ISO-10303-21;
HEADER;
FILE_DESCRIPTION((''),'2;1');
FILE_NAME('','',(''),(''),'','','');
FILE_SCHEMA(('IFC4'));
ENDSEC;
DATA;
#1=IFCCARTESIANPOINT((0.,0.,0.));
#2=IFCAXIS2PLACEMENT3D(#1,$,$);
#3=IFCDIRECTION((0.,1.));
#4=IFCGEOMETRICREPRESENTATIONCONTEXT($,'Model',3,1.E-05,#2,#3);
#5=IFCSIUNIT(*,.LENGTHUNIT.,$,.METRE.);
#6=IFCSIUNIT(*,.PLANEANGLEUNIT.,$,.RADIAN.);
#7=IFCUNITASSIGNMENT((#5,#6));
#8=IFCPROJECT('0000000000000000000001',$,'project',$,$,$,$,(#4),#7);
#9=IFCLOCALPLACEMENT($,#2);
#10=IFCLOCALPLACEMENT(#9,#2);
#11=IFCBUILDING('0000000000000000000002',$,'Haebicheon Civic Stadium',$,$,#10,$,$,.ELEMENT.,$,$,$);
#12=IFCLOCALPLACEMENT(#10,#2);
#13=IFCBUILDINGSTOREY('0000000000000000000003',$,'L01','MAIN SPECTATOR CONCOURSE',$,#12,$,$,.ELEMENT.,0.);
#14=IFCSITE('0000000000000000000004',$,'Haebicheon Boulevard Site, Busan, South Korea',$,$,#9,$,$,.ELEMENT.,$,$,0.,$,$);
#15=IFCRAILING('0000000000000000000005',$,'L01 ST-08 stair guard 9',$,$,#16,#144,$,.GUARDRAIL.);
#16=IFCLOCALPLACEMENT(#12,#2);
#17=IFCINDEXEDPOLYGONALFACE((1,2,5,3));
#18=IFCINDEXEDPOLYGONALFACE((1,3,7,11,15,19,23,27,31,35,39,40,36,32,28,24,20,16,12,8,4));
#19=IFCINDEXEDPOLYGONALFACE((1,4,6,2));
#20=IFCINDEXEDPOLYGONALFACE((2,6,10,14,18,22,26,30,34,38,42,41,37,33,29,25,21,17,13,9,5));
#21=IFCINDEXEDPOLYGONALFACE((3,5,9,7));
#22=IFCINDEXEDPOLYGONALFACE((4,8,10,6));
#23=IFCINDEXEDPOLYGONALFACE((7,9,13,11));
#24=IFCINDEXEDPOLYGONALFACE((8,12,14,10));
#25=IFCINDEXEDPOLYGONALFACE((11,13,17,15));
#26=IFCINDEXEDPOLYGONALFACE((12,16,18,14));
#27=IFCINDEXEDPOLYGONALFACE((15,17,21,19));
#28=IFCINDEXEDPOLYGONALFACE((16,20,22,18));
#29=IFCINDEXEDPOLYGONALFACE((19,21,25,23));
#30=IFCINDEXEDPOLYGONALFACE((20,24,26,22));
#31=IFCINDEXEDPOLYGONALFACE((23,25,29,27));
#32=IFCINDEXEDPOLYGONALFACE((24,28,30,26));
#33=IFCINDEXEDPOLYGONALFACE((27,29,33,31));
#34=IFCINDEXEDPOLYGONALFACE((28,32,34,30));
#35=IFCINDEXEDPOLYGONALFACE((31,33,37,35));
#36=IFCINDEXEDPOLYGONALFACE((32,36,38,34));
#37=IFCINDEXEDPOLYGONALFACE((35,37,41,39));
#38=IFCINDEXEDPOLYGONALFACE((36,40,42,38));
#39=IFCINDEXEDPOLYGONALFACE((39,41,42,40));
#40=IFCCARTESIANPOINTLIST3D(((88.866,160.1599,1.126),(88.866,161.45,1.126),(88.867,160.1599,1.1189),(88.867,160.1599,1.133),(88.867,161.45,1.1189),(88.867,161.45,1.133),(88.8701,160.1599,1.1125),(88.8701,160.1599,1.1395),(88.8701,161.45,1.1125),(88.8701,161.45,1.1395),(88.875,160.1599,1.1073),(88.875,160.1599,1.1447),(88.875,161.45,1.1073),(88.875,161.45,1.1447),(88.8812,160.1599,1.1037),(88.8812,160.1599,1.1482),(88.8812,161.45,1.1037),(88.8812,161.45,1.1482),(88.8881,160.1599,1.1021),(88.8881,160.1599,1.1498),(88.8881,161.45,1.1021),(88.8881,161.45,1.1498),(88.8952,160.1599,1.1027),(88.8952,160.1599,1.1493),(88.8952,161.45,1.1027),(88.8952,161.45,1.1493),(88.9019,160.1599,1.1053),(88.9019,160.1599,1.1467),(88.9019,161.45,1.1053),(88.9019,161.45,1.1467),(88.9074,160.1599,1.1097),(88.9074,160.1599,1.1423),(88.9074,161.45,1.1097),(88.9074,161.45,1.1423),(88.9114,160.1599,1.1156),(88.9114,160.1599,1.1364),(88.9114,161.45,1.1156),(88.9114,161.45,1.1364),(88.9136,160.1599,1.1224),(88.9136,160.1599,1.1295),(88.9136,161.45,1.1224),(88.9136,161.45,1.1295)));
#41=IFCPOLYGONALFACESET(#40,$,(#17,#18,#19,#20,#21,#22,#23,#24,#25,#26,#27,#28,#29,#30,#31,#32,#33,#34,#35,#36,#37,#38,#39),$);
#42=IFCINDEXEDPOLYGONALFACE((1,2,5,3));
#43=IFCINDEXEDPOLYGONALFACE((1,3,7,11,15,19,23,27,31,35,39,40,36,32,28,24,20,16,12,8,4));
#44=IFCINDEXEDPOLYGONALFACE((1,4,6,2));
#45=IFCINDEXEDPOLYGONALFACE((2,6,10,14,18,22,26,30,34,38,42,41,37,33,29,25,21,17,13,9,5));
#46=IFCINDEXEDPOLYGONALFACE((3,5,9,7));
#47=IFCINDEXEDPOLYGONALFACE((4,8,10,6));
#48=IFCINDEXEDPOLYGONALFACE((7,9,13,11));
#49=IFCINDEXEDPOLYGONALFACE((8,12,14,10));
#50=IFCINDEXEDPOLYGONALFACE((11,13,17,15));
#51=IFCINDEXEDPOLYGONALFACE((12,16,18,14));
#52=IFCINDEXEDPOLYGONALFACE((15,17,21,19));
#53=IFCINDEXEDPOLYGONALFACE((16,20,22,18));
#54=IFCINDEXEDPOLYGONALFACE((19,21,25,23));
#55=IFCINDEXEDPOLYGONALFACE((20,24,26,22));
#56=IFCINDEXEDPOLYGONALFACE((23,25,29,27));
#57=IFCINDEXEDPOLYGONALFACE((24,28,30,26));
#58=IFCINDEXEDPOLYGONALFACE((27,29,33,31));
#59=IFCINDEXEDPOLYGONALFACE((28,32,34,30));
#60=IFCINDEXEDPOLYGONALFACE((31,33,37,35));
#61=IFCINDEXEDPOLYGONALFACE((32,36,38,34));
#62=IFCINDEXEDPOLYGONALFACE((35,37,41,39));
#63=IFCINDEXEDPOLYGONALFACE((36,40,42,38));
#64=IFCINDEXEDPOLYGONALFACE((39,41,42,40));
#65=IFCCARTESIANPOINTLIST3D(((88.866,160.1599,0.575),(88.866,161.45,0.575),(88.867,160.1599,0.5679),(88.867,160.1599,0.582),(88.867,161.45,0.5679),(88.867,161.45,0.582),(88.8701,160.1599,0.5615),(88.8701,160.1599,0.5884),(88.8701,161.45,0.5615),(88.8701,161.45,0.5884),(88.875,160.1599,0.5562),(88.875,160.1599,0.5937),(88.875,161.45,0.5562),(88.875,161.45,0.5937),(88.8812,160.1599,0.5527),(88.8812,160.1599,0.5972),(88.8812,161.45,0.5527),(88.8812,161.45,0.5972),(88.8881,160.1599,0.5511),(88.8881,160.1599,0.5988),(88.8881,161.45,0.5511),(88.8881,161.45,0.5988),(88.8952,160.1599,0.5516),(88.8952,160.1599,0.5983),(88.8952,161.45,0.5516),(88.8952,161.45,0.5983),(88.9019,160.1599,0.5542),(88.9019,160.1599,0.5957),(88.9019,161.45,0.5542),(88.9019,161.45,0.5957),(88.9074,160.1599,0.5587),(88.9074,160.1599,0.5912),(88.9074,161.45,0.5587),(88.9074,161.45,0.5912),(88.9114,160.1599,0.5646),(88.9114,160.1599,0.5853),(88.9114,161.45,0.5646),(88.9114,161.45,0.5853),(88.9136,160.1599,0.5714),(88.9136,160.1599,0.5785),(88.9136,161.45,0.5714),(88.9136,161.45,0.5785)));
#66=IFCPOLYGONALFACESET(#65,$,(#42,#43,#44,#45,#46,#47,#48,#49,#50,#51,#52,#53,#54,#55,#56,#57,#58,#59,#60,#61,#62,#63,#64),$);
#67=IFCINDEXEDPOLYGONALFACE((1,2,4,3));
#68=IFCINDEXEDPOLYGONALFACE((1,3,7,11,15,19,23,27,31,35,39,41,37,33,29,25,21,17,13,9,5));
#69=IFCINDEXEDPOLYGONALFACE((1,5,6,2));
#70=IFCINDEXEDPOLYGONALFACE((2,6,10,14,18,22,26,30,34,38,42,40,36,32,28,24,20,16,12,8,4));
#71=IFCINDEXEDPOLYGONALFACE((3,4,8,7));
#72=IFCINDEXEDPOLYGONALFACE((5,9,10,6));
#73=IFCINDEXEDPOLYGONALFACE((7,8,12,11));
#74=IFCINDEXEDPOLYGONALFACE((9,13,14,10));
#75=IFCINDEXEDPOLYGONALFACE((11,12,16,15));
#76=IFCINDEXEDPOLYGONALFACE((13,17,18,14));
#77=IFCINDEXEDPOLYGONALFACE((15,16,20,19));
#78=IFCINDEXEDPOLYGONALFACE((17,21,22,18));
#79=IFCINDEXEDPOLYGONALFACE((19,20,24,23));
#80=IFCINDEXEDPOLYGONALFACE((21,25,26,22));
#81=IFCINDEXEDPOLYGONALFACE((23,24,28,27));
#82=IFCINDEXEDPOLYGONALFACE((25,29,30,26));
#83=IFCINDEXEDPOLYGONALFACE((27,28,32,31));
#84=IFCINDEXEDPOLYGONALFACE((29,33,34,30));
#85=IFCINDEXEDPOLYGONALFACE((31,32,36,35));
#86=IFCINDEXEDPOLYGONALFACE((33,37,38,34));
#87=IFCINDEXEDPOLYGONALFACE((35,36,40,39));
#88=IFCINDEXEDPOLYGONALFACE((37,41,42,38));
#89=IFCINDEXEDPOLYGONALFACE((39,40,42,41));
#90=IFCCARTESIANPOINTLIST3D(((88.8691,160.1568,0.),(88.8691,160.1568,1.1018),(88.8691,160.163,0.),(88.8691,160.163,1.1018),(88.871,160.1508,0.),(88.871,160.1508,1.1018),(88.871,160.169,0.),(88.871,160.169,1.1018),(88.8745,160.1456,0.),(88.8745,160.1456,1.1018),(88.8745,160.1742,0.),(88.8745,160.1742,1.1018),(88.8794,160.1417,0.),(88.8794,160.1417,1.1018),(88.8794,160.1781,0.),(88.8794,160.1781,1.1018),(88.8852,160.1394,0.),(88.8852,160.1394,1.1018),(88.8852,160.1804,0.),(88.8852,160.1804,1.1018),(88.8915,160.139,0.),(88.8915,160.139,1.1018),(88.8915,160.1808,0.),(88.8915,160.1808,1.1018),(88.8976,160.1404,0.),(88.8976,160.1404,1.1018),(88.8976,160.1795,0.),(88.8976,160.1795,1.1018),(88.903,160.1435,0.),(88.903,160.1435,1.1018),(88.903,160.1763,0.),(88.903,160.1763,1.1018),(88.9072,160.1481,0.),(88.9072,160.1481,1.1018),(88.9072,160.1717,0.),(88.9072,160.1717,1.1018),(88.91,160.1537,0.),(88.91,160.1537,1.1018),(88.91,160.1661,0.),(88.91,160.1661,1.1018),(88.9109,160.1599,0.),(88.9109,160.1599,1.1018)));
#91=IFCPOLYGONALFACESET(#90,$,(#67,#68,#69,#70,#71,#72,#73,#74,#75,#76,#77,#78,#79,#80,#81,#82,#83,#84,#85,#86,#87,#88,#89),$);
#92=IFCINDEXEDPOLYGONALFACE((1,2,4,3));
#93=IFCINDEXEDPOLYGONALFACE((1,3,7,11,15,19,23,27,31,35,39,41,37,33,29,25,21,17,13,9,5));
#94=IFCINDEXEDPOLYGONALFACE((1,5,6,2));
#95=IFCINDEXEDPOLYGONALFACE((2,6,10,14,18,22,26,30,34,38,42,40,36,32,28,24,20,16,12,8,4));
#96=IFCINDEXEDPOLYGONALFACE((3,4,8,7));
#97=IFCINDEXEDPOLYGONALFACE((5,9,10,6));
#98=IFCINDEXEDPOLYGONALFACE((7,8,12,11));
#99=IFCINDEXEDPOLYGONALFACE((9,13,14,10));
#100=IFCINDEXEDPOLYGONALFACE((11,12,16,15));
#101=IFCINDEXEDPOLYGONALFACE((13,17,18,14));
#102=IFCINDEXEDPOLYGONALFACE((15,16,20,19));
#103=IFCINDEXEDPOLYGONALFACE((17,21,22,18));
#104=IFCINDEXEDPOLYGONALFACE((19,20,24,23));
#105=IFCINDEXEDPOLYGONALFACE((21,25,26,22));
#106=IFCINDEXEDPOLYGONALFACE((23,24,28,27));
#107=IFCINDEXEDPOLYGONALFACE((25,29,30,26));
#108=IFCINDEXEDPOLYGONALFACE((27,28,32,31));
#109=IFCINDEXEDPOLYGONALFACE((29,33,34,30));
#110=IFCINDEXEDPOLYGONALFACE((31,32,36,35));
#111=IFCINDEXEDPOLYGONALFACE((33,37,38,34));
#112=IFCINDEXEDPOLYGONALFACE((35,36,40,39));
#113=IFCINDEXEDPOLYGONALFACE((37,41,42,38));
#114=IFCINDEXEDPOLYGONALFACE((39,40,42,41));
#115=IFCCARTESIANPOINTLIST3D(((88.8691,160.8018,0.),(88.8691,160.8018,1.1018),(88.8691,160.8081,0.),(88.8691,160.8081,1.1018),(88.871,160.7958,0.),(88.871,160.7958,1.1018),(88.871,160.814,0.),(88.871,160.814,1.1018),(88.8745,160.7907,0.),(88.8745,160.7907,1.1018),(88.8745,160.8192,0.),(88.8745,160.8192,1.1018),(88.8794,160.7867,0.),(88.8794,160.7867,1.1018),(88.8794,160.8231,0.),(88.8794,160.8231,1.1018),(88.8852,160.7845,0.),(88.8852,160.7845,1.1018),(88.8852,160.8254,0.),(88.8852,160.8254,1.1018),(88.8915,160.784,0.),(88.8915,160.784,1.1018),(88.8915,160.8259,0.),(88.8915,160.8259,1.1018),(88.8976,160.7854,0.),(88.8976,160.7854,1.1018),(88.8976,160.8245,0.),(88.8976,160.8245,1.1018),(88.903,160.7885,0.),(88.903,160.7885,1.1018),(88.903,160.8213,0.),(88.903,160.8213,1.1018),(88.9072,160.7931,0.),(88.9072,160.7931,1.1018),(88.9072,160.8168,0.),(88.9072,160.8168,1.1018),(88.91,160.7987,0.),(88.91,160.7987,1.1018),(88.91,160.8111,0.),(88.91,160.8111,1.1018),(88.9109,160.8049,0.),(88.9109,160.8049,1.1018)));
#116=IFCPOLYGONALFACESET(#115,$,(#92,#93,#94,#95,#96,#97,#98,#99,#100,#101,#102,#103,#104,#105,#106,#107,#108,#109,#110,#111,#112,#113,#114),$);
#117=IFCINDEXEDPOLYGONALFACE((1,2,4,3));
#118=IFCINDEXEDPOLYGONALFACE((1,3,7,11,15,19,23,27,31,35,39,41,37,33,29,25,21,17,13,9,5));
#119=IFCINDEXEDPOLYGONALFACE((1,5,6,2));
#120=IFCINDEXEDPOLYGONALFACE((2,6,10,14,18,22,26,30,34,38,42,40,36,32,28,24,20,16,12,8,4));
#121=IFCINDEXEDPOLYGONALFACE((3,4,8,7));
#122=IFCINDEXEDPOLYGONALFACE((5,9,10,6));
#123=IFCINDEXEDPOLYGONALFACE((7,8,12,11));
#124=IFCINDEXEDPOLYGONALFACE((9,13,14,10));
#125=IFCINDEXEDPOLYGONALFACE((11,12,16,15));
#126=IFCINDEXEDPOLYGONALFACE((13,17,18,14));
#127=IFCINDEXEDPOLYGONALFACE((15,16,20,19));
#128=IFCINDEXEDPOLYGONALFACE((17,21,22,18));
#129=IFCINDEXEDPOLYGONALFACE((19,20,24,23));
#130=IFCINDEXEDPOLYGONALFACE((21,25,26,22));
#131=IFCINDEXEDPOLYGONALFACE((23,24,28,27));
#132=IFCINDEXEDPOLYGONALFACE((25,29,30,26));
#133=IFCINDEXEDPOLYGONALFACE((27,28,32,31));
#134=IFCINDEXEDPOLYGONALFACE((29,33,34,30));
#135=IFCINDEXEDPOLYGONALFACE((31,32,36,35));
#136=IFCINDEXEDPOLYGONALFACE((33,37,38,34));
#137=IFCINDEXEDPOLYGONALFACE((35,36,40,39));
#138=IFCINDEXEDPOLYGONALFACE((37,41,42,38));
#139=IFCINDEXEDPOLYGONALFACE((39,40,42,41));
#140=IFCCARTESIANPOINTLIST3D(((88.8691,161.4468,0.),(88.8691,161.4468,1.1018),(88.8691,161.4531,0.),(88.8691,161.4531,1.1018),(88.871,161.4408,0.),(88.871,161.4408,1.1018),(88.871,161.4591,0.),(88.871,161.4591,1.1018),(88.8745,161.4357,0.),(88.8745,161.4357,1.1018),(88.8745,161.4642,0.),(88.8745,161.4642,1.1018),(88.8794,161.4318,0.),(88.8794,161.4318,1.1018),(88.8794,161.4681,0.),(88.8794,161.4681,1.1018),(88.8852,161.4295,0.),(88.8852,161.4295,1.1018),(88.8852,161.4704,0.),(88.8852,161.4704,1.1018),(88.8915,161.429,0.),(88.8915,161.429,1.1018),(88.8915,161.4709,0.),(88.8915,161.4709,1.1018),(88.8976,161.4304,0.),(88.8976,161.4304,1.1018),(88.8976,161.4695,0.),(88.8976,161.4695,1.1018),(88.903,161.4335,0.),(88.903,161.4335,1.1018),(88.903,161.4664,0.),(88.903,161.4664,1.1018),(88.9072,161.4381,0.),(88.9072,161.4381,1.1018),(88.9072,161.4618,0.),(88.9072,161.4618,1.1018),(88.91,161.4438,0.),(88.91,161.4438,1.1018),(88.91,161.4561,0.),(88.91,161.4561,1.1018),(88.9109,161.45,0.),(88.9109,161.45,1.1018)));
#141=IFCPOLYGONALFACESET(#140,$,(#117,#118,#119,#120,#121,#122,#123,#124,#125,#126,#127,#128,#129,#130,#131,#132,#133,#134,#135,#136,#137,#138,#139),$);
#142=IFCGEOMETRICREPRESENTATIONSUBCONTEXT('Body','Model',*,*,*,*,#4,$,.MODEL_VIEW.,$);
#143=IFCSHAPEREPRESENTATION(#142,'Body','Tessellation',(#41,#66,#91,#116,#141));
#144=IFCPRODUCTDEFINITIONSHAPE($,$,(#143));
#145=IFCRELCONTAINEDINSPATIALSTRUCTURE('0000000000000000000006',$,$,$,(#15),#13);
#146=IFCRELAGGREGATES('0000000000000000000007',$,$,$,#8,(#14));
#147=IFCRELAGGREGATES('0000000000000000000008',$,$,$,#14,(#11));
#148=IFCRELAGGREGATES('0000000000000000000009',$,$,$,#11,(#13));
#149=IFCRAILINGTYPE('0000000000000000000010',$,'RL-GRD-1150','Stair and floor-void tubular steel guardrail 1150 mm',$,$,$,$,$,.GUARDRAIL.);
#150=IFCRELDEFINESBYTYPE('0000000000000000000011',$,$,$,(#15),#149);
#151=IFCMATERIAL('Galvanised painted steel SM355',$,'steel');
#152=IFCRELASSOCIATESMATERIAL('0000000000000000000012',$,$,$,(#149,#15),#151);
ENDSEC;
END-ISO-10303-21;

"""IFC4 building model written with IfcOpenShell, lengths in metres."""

from ifc_helpers import new_model, si_unit, direction, frame, origin, origin_2d, place, context, subcontext, project, spatial, circle, extrude, material, type_object, element, save


model = new_model("IFC4")

# Units and contexts
model_context = context("Model", 3, precision=1e-05, world=origin(), true_north=direction((0.0, 1.0)))
body_context = subcontext(model_context, "Body", "Model", "MODEL_VIEW")
ifc_project = project(units=[si_unit("LENGTHUNIT", "METRE"), si_unit("PLANEANGLEUNIT", "RADIAN")], contexts=[model_context])

# Site, building, storey
site_placement = place(None, origin())
site = spatial("IfcSite", under=ifc_project, at=site_placement, Name="Haebicheon Boulevard Site, Busan, South Korea", CompositionType="ELEMENT", RefElevation=0.0)
building_placement = place(site_placement, origin())
building = spatial("IfcBuilding", under=site, at=building_placement, Name="Haebicheon Civic Stadium", CompositionType="ELEMENT")
storey_placement = place(building_placement, origin())
storey = spatial("IfcBuildingStorey", under=building, at=storey_placement, Name="L01", Description="MAIN SPECTATOR CONCOURSE", CompositionType="ELEMENT", Elevation=0.0)

# Railing
ifc_material_1 = material(Name="Galvanised painted steel SM355", Category="steel")
railing_type_1 = type_object("IfcRailingType", Name="RL-GRD-1150", Description="Stair and floor-void tubular steel guardrail 1150 mm", PredefinedType="GUARDRAIL", material=ifc_material_1)
for number, where, name in (
    (1, (88.8899, 160.1599, 0.0), "L01 ST-08 stair guard 9"),
):
    element("IfcRailing", number, at=place(storey_placement, frame(where)), inside=storey, type_object=railing_type_1, material=ifc_material_1, Name=name, PredefinedType="GUARDRAIL", context=body_context, shape_type="SweptSolid", body=[
        extrude(circle(Radius=0.0239, at=origin_2d()), frame((0.0, 0.0, 1.126), z_axis=(0.0, 1.0, 0.0), x_axis=(-1.0, 0.0, 0.0)), (0.0, 0.0, 1.0), 1.29),
        extrude(circle(Radius=0.0239, at=origin_2d()), frame((0.0, 0.0, 0.575), z_axis=(0.0, 1.0, 0.0), x_axis=(-1.0, 0.0, 0.0)), (0.0, 0.0, 1.0), 1.29),
        extrude(circle(Radius=0.021, at=origin_2d()), origin(), (0.0, 0.0, 1.0), 1.1018),
        extrude(circle(Radius=0.021, at=origin_2d()), frame((0.0, 0.645, 0.0)), (0.0, 0.0, 1.0), 1.1018),
        extrude(circle(Radius=0.021, at=origin_2d()), frame((0.0, 1.29, 0.0)), (0.0, 0.0, 1.0), 1.1018),
    ])

save(model, "model.ifc")
